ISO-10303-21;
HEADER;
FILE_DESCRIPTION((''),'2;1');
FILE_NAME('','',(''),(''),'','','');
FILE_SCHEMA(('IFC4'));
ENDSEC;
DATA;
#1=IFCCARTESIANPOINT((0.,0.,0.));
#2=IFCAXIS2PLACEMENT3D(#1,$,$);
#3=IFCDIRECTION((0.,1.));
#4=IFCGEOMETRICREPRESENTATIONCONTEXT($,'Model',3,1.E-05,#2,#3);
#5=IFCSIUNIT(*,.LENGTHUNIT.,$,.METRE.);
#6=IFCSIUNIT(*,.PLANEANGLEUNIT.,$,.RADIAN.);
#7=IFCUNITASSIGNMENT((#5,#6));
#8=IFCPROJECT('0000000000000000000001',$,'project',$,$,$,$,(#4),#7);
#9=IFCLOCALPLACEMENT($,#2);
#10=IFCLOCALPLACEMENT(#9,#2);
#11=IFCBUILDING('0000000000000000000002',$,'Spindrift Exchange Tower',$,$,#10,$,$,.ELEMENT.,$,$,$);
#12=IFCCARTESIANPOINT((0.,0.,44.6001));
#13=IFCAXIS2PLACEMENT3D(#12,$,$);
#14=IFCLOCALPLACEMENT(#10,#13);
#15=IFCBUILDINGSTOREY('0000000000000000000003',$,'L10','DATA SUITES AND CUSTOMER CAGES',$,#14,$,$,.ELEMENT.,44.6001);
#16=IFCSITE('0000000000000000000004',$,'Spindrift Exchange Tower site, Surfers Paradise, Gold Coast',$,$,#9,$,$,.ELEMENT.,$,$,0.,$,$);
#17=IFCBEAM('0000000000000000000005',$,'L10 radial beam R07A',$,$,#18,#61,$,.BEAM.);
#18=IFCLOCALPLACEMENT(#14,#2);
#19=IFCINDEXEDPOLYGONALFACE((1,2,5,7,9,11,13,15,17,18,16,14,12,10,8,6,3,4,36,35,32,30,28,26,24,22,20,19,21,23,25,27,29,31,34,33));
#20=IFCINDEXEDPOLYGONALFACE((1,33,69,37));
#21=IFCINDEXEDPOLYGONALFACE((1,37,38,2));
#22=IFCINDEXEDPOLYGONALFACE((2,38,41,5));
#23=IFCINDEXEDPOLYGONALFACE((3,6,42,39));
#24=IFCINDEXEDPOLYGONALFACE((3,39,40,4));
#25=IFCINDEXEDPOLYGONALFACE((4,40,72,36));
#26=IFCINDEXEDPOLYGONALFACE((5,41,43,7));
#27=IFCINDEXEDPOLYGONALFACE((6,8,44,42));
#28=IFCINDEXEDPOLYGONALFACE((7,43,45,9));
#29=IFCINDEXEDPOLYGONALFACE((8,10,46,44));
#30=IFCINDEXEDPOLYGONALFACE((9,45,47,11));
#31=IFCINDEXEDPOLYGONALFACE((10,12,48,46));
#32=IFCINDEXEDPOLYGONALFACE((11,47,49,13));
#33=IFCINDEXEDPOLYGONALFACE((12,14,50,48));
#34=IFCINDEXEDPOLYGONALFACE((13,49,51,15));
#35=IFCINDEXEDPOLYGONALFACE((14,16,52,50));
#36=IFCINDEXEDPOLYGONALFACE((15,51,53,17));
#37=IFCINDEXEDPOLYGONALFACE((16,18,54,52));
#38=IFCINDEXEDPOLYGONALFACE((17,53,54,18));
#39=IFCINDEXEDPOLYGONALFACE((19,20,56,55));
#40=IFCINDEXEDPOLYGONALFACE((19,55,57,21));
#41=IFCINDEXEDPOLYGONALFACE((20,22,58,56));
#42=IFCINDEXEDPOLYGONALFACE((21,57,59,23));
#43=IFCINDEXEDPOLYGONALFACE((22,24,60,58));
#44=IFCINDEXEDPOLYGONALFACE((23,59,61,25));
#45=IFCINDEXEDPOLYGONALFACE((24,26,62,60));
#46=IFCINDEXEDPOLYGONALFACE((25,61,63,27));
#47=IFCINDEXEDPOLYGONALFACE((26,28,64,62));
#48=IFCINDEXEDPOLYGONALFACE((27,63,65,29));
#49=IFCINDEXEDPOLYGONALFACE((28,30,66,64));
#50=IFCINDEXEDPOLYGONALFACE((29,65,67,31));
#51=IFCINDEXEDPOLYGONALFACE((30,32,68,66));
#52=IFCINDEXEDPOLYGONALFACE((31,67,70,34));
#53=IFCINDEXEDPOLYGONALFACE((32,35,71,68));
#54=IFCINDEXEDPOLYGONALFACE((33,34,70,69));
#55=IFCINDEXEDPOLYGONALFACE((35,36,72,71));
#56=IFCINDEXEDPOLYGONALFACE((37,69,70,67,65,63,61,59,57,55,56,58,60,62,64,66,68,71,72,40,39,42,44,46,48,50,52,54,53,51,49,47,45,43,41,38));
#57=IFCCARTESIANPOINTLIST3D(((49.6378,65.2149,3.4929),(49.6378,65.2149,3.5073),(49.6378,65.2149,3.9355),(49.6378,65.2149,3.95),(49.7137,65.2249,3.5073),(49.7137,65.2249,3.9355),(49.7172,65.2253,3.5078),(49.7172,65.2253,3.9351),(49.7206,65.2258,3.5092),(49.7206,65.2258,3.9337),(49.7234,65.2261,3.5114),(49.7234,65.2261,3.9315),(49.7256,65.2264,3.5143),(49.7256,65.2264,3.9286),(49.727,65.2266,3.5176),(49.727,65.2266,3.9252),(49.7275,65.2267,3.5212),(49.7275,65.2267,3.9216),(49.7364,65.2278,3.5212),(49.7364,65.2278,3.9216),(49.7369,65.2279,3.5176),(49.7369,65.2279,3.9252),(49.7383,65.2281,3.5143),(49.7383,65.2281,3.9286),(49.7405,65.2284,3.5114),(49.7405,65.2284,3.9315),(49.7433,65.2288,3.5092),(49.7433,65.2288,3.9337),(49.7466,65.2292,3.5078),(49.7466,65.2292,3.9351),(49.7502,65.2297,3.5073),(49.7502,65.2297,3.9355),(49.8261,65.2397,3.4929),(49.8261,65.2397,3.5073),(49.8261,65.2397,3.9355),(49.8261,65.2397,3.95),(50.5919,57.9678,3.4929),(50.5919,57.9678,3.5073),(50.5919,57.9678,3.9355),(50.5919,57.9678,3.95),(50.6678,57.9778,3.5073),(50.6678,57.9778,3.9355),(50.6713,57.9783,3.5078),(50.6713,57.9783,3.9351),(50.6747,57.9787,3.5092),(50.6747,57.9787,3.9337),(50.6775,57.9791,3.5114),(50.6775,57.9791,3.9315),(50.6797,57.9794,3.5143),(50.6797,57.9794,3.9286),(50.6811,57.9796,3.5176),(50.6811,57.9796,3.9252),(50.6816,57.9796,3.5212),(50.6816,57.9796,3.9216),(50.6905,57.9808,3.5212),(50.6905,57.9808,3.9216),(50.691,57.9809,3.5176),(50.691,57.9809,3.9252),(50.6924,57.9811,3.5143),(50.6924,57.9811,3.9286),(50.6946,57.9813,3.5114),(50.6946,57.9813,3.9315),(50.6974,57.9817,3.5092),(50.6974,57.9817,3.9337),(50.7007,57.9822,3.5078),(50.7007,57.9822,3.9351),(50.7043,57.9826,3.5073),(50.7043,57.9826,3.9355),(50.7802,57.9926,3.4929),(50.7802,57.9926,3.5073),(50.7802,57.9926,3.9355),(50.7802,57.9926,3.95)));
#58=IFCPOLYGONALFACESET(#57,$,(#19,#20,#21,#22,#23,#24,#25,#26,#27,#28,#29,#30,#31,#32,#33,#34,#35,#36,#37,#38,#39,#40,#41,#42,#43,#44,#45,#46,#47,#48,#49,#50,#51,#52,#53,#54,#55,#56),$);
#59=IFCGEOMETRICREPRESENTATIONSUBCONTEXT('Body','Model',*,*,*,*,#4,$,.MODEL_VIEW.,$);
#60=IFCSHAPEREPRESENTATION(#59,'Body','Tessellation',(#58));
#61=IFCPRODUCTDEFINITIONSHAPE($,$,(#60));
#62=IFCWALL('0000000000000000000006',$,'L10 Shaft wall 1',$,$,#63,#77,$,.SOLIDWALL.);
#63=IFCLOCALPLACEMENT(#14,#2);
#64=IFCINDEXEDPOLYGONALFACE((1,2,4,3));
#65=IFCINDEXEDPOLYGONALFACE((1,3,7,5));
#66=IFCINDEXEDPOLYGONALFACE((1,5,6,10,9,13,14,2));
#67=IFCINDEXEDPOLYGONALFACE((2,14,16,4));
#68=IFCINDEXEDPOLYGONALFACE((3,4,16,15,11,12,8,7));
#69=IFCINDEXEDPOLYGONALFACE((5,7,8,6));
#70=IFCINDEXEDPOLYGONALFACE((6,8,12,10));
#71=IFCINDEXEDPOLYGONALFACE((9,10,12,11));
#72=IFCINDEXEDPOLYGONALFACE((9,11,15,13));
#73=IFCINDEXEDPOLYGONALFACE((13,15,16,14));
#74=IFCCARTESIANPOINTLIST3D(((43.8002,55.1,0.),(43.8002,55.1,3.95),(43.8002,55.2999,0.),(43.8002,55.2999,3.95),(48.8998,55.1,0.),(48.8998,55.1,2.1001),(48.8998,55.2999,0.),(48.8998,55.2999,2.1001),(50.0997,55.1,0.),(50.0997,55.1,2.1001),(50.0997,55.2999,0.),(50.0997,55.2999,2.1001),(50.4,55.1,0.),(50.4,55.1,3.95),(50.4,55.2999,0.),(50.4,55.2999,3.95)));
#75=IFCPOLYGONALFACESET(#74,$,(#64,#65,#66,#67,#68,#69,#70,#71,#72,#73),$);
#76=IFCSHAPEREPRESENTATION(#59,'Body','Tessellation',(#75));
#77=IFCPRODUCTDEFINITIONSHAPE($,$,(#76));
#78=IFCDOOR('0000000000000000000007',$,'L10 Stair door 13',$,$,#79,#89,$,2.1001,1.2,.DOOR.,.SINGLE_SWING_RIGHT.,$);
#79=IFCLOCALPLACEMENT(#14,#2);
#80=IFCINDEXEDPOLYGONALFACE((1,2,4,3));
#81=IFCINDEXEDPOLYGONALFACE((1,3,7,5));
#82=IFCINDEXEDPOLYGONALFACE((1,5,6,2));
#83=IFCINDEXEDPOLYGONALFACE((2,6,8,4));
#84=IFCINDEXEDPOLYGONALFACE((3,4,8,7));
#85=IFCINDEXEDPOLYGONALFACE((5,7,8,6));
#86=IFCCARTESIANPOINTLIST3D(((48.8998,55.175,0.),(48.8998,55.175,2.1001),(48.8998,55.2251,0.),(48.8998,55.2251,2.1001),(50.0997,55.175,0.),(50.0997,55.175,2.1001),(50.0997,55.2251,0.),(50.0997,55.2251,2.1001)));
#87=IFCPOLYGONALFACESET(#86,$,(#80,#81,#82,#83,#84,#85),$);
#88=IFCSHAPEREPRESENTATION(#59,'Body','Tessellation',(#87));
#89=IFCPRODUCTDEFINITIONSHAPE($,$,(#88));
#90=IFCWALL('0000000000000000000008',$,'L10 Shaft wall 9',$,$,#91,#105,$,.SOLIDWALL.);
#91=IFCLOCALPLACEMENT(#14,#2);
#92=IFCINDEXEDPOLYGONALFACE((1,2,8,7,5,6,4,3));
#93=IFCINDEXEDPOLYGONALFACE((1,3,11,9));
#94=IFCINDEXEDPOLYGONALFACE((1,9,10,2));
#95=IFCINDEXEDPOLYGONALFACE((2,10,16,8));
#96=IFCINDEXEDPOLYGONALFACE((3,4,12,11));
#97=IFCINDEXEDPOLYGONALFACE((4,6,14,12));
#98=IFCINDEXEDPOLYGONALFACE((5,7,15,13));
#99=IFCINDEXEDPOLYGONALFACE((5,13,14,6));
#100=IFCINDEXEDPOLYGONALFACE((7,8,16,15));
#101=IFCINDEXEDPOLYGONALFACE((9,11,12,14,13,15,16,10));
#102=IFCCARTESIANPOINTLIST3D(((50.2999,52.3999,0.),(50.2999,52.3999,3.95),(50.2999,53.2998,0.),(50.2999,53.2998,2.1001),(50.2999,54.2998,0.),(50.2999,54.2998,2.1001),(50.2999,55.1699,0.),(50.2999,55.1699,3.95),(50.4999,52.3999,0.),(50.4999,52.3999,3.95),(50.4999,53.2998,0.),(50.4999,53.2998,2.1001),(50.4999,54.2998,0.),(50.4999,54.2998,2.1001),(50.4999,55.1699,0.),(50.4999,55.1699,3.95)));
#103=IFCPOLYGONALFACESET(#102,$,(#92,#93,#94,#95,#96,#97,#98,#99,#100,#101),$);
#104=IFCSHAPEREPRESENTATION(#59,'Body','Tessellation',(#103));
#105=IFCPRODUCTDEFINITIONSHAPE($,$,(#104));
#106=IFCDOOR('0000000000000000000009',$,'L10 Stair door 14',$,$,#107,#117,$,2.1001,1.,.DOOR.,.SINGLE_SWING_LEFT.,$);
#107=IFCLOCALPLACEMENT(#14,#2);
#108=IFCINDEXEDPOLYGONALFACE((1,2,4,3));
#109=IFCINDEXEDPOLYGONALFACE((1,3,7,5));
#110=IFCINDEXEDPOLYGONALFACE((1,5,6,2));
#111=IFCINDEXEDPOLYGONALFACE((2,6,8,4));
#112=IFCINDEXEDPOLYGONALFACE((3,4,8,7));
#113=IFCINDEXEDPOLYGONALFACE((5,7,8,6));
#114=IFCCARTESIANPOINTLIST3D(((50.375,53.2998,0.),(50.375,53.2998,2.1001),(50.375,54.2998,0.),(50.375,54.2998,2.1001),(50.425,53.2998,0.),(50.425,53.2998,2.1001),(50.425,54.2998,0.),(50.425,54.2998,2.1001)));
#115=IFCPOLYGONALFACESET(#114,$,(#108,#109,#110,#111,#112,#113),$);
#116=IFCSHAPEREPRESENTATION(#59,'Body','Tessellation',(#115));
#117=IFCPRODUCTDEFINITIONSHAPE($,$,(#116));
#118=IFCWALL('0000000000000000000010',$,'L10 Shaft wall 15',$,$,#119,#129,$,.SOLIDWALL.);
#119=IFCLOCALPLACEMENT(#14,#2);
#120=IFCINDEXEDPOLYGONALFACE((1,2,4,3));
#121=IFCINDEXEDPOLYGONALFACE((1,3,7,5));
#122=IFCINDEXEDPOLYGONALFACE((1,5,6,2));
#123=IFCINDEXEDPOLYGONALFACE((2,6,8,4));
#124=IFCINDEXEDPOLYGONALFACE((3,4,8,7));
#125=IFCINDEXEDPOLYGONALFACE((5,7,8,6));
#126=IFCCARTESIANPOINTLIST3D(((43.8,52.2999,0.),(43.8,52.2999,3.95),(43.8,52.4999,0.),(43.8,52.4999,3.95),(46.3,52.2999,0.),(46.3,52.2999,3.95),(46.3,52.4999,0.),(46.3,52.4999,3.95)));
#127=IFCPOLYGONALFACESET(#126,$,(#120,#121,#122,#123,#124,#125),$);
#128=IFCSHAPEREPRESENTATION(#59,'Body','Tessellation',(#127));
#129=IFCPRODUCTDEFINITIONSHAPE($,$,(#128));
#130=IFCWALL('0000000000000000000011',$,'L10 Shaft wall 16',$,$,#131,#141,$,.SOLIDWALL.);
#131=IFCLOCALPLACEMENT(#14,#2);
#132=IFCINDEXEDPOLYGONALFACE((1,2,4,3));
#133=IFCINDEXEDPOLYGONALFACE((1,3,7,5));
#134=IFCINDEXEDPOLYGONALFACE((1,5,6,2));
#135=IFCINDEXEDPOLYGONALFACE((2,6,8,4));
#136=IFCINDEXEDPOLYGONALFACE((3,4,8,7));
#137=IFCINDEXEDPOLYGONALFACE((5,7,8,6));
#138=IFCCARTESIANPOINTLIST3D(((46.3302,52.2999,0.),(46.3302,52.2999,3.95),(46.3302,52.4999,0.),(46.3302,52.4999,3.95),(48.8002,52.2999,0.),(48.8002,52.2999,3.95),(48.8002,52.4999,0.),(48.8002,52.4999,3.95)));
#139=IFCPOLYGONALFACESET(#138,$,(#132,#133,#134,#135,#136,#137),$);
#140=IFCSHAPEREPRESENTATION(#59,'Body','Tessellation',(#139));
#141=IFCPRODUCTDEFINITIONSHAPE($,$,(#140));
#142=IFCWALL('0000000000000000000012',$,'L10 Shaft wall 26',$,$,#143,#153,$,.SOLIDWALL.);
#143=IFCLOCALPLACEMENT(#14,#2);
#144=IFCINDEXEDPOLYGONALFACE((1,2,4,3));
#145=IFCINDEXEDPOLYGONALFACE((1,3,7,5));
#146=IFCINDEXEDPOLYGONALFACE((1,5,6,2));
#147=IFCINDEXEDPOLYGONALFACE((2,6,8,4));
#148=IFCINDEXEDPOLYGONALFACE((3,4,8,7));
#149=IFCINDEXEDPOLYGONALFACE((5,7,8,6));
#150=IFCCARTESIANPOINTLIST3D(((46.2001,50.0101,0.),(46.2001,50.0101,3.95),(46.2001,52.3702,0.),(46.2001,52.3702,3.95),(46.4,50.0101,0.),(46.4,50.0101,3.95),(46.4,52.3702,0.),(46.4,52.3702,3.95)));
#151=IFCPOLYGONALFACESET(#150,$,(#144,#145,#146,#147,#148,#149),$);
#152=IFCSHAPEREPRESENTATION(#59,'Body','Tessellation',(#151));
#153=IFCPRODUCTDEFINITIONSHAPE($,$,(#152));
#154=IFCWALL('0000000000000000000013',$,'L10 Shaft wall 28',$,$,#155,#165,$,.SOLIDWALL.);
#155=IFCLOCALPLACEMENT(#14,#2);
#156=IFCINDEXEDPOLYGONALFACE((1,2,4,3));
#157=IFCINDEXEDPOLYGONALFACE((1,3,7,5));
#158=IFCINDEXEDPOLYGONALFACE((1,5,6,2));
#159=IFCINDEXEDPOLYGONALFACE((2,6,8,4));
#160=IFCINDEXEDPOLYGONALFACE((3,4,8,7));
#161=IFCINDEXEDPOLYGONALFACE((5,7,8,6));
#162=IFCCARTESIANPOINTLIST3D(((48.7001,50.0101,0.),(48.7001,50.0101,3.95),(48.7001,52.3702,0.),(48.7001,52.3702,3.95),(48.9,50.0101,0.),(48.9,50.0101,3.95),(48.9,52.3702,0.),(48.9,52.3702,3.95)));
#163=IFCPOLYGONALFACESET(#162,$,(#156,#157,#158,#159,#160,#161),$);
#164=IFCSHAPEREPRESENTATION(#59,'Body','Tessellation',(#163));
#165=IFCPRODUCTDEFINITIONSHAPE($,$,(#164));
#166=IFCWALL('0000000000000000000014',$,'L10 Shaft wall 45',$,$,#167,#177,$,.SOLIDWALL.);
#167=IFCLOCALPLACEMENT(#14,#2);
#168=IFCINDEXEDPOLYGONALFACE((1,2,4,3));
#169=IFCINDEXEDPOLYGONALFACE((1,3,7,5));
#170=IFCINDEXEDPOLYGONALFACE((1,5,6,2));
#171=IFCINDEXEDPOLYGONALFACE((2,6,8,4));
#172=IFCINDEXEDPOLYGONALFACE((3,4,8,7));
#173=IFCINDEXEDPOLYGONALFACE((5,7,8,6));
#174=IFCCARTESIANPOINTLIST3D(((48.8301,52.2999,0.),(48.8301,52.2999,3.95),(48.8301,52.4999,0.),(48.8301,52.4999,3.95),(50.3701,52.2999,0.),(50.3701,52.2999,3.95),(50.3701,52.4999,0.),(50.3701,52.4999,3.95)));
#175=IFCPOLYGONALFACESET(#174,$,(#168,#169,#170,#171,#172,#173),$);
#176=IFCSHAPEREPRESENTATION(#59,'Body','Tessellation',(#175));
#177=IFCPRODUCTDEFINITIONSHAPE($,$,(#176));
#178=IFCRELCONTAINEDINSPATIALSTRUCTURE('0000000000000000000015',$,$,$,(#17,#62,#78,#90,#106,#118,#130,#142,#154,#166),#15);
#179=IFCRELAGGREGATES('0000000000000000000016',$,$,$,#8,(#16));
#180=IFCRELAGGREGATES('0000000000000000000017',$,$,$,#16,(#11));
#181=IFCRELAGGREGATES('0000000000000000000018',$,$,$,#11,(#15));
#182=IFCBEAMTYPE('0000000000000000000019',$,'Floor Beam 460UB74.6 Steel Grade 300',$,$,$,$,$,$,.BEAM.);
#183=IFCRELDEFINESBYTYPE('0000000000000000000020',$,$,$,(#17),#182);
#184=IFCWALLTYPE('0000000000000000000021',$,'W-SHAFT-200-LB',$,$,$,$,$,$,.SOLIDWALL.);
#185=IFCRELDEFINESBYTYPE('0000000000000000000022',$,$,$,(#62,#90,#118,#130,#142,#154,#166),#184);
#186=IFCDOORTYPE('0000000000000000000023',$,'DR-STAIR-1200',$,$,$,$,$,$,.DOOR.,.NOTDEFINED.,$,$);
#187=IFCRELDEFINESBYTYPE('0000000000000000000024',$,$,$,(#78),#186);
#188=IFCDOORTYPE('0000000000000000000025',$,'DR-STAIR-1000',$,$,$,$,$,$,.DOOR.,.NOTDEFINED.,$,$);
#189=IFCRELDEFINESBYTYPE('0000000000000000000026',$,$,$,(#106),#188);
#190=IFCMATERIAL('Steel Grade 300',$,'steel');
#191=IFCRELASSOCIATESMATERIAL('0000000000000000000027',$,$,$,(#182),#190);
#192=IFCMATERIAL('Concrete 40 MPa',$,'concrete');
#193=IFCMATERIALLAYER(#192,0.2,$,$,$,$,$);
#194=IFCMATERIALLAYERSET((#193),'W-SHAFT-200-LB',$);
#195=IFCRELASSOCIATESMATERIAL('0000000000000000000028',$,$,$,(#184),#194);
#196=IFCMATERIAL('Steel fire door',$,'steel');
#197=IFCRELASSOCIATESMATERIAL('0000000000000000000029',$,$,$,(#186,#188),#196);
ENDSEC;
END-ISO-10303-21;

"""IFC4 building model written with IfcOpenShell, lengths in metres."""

from ifc_helpers import new_model, si_unit, direction, frame, frame_2d, origin, origin_2d, place, context, subcontext, project, spatial, rectangle, i_section, extrude, source, transform, mapped, material, layer, layer_set, material_profile, profile_set, type_object, element, fill, save


model = new_model("IFC4")

# Units and contexts
model_context = context("Model", 3, precision=1e-05, world=origin(), true_north=direction((0.0, 1.0)))
body_context = subcontext(model_context, "Body", "Model", "MODEL_VIEW")
ifc_project = project(units=[si_unit("LENGTHUNIT", "METRE"), si_unit("PLANEANGLEUNIT", "RADIAN")], contexts=[model_context])

# Site, building, storey
site_placement = place(None, origin())
site = spatial("IfcSite", under=ifc_project, at=site_placement, Name="Spindrift Exchange Tower site, Surfers Paradise, Gold Coast", CompositionType="ELEMENT", RefElevation=0.0)
building_placement = place(site_placement, origin())
building = spatial("IfcBuilding", under=site, at=building_placement, Name="Spindrift Exchange Tower", CompositionType="ELEMENT")
storey_placement = place(building_placement, frame((0.0, 0.0, 44.6001)))
storey = spatial("IfcBuildingStorey", under=building, at=storey_placement, Name="L10", Description="DATA SUITES AND CUSTOMER CAGES", CompositionType="ELEMENT", Elevation=44.6001)

# Beam
ifc_material_1 = material(Name="Steel Grade 300", Category="steel")
ifc_material_profile = material_profile(ifc_material_1, i_section(OverallWidth=0.1899, OverallDepth=0.457, WebThickness=0.009, FlangeThickness=0.0144, FilletRadius=0.0139, at=origin_2d()), Name="460UB74.6")
ifc_profile_set = profile_set([ifc_material_profile], Name="Steel Grade 300")
beam_type = type_object("IfcBeamType", Name="Floor Beam 460UB74.6 Steel Grade 300", PredefinedType="BEAM", material=ifc_profile_set)
shared_shape_1 = source(origin(), body_context, "Body", "SweptSolid", [
    extrude(i_section(OverallWidth=0.1899, OverallDepth=0.457, WebThickness=0.009, FlangeThickness=0.0144, FilletRadius=0.0139, at=origin_2d()), origin(), (0.0, 0.0, 1.0), 7.3096),
])
beam_placement = place(storey_placement, frame((50.686, 57.9802, 3.7214), z_axis=(-0.130527, 0.991445, 0.0), x_axis=(-0.991445, -0.130527, 0.0)))
element("IfcBeam", 1, at=beam_placement, inside=storey, type_object=beam_type, Name="L10 radial beam R07A", PredefinedType="BEAM", context=body_context, shape_type="MappedRepresentation", body=[
    mapped(shared_shape_1, transform((0.0, 0.0, 0.0), scale=1.0)),
])

# Walls, openings, doors
ifc_material_2 = material(Name="Concrete 40 MPa", Category="concrete")
ifc_layer = layer(ifc_material_2, 0.2)
ifc_layer_set = layer_set([ifc_layer], Name="W-SHAFT-200-LB")
wall_type = type_object("IfcWallType", Name="W-SHAFT-200-LB", PredefinedType="SOLIDWALL", material=ifc_layer_set)
wall_1_placement = place(storey_placement, frame((50.3999, 55.2, 0.0), z_axis=(0.0, 0.0, 1.0), x_axis=(-1.0, 0.0, 0.0)))
wall_1 = element("IfcWall", 2, at=wall_1_placement, inside=storey, type_object=wall_type, Name="L10 Shaft wall 1", PredefinedType="SOLIDWALL", context=body_context, shape_type="SweptSolid", body=[
    extrude(rectangle(XDim=6.5999, YDim=0.2, at=frame_2d((3.2998, 0.0))), origin(), (0.0, 0.0, 1.0), 3.95),
])
opening_1_placement = place(wall_1_placement, frame((0.3, 0.0, 0.0)))
opening_1 = element("IfcOpeningElement", 3, at=opening_1_placement, cuts=wall_1, PredefinedType="OPENING", context=body_context, shape_type="SweptSolid", body=[
    extrude(rectangle(XDim=1.2, YDim=2.1001, at=frame_2d((0.6001, 1.05))), frame((0.0, 0.1099, 0.0), z_axis=(0.0, -1.0, 0.0), x_axis=(1.0, 0.0, 0.0)), (0.0, 0.0, 1.0), 0.22),
])
ifc_material_3 = material(Name="Steel fire door", Category="steel")
door_type_1 = type_object("IfcDoorType", Name="DR-STAIR-1200", OperationType="NOTDEFINED", PredefinedType="DOOR", material=ifc_material_3)
shared_shape_2 = source(origin(), body_context, "Body", "SweptSolid", [
    extrude(rectangle(XDim=1.2, YDim=2.1001, at=frame_2d((0.6001, 1.05))), frame((0.0, 0.0249, 0.0), z_axis=(0.0, -1.0, 0.0), x_axis=(1.0, 0.0, 0.0)), (0.0, 0.0, 1.0), 0.05),
])
door_1_placement = place(opening_1_placement, origin())
door_1 = element("IfcDoor", 4, at=door_1_placement, inside=storey, type_object=door_type_1, Name="L10 Stair door 13", OperationType="SINGLE_SWING_RIGHT", OverallHeight=2.1001, OverallWidth=1.2, PredefinedType="DOOR", context=body_context, shape_type="MappedRepresentation", body=[
    mapped(shared_shape_2, transform((0.0, 0.0, 0.0), scale=1.0)),
])
fill(opening_1, door_1)
wall_2_placement = place(storey_placement, frame((50.3999, 52.3999, 0.0), z_axis=(0.0, 0.0, 1.0), x_axis=(0.0, 1.0, 0.0)))
wall_2 = element("IfcWall", 5, at=wall_2_placement, inside=storey, type_object=wall_type, Name="L10 Shaft wall 9", PredefinedType="SOLIDWALL", context=body_context, shape_type="SweptSolid", body=[
    extrude(rectangle(XDim=2.77, YDim=0.2, at=frame_2d((1.385, 0.0))), origin(), (0.0, 0.0, 1.0), 3.95),
])
opening_2_placement = place(wall_2_placement, frame((0.8999, 0.0, 0.0)))
opening_2 = element("IfcOpeningElement", 6, at=opening_2_placement, cuts=wall_2, PredefinedType="OPENING", context=body_context, shape_type="SweptSolid", body=[
    extrude(rectangle(XDim=1.0, YDim=2.1001, at=frame_2d((0.5, 1.05))), frame((0.0, 0.1099, 0.0), z_axis=(0.0, -1.0, 0.0), x_axis=(1.0, 0.0, 0.0)), (0.0, 0.0, 1.0), 0.22),
])
door_type_2 = type_object("IfcDoorType", Name="DR-STAIR-1000", OperationType="NOTDEFINED", PredefinedType="DOOR", material=ifc_material_3)
shared_shape_3 = source(origin(), body_context, "Body", "SweptSolid", [
    extrude(rectangle(XDim=1.0, YDim=2.1001, at=frame_2d((0.5, 1.05))), frame((0.0, 0.0249, 0.0), z_axis=(0.0, -1.0, 0.0), x_axis=(1.0, 0.0, 0.0)), (0.0, 0.0, 1.0), 0.05),
])
door_2_placement = place(opening_2_placement, origin())
door_2 = element("IfcDoor", 7, at=door_2_placement, inside=storey, type_object=door_type_2, Name="L10 Stair door 14", OperationType="SINGLE_SWING_LEFT", OverallHeight=2.1001, OverallWidth=1.0, PredefinedType="DOOR", context=body_context, shape_type="MappedRepresentation", body=[
    mapped(shared_shape_3, transform((0.0, 0.0, 0.0), scale=1.0)),
])
fill(opening_2, door_2)

# Walls
wall_3_placement = place(storey_placement, frame((46.3, 52.3999, 0.0), z_axis=(0.0, 0.0, 1.0), x_axis=(-1.0, 0.0, 0.0)))
element("IfcWall", 8, at=wall_3_placement, inside=storey, type_object=wall_type, Name="L10 Shaft wall 15", PredefinedType="SOLIDWALL", context=body_context, shape_type="SweptSolid", body=[
    extrude(rectangle(XDim=2.5, YDim=0.2, at=frame_2d((1.25, 0.0))), origin(), (0.0, 0.0, 1.0), 3.95),
])
wall_4_placement = place(storey_placement, frame((48.8, 52.3999, 0.0), z_axis=(0.0, 0.0, 1.0), x_axis=(-1.0, 0.0, 0.0)))
element("IfcWall", 9, at=wall_4_placement, inside=storey, type_object=wall_type, Name="L10 Shaft wall 16", PredefinedType="SOLIDWALL", context=body_context, shape_type="SweptSolid", body=[
    extrude(rectangle(XDim=2.47, YDim=0.2, at=frame_2d((1.2349, 0.0))), origin(), (0.0, 0.0, 1.0), 3.95),
])
for number, where, z_axis, x_axis, name in (
    (10, (46.3, 50.01, 0.0), (0.0, 0.0, 1.0), (0.0, 1.0, 0.0), "L10 Shaft wall 26"),
    (11, (48.8, 50.01, 0.0), (0.0, 0.0, 1.0), (0.0, 1.0, 0.0), "L10 Shaft wall 28"),
):
    element("IfcWall", number, at=place(storey_placement, frame(where, z_axis=z_axis, x_axis=x_axis)), inside=storey, type_object=wall_type, Name=name, PredefinedType="SOLIDWALL", context=body_context, shape_type="SweptSolid", body=[
        extrude(rectangle(XDim=2.3601, YDim=0.2, at=frame_2d((1.1802, 0.0))), origin(), (0.0, 0.0, 1.0), 3.95),
    ])
wall_5_placement = place(storey_placement, frame((50.3701, 52.3999, 0.0), z_axis=(0.0, 0.0, 1.0), x_axis=(-1.0, 0.0, 0.0)))
element("IfcWall", 12, at=wall_5_placement, inside=storey, type_object=wall_type, Name="L10 Shaft wall 45", PredefinedType="SOLIDWALL", context=body_context, shape_type="SweptSolid", body=[
    extrude(rectangle(XDim=1.54, YDim=0.2, at=frame_2d((0.77, 0.0))), origin(), (0.0, 0.0, 1.0), 3.95),
])

save(model, "model.ifc")
